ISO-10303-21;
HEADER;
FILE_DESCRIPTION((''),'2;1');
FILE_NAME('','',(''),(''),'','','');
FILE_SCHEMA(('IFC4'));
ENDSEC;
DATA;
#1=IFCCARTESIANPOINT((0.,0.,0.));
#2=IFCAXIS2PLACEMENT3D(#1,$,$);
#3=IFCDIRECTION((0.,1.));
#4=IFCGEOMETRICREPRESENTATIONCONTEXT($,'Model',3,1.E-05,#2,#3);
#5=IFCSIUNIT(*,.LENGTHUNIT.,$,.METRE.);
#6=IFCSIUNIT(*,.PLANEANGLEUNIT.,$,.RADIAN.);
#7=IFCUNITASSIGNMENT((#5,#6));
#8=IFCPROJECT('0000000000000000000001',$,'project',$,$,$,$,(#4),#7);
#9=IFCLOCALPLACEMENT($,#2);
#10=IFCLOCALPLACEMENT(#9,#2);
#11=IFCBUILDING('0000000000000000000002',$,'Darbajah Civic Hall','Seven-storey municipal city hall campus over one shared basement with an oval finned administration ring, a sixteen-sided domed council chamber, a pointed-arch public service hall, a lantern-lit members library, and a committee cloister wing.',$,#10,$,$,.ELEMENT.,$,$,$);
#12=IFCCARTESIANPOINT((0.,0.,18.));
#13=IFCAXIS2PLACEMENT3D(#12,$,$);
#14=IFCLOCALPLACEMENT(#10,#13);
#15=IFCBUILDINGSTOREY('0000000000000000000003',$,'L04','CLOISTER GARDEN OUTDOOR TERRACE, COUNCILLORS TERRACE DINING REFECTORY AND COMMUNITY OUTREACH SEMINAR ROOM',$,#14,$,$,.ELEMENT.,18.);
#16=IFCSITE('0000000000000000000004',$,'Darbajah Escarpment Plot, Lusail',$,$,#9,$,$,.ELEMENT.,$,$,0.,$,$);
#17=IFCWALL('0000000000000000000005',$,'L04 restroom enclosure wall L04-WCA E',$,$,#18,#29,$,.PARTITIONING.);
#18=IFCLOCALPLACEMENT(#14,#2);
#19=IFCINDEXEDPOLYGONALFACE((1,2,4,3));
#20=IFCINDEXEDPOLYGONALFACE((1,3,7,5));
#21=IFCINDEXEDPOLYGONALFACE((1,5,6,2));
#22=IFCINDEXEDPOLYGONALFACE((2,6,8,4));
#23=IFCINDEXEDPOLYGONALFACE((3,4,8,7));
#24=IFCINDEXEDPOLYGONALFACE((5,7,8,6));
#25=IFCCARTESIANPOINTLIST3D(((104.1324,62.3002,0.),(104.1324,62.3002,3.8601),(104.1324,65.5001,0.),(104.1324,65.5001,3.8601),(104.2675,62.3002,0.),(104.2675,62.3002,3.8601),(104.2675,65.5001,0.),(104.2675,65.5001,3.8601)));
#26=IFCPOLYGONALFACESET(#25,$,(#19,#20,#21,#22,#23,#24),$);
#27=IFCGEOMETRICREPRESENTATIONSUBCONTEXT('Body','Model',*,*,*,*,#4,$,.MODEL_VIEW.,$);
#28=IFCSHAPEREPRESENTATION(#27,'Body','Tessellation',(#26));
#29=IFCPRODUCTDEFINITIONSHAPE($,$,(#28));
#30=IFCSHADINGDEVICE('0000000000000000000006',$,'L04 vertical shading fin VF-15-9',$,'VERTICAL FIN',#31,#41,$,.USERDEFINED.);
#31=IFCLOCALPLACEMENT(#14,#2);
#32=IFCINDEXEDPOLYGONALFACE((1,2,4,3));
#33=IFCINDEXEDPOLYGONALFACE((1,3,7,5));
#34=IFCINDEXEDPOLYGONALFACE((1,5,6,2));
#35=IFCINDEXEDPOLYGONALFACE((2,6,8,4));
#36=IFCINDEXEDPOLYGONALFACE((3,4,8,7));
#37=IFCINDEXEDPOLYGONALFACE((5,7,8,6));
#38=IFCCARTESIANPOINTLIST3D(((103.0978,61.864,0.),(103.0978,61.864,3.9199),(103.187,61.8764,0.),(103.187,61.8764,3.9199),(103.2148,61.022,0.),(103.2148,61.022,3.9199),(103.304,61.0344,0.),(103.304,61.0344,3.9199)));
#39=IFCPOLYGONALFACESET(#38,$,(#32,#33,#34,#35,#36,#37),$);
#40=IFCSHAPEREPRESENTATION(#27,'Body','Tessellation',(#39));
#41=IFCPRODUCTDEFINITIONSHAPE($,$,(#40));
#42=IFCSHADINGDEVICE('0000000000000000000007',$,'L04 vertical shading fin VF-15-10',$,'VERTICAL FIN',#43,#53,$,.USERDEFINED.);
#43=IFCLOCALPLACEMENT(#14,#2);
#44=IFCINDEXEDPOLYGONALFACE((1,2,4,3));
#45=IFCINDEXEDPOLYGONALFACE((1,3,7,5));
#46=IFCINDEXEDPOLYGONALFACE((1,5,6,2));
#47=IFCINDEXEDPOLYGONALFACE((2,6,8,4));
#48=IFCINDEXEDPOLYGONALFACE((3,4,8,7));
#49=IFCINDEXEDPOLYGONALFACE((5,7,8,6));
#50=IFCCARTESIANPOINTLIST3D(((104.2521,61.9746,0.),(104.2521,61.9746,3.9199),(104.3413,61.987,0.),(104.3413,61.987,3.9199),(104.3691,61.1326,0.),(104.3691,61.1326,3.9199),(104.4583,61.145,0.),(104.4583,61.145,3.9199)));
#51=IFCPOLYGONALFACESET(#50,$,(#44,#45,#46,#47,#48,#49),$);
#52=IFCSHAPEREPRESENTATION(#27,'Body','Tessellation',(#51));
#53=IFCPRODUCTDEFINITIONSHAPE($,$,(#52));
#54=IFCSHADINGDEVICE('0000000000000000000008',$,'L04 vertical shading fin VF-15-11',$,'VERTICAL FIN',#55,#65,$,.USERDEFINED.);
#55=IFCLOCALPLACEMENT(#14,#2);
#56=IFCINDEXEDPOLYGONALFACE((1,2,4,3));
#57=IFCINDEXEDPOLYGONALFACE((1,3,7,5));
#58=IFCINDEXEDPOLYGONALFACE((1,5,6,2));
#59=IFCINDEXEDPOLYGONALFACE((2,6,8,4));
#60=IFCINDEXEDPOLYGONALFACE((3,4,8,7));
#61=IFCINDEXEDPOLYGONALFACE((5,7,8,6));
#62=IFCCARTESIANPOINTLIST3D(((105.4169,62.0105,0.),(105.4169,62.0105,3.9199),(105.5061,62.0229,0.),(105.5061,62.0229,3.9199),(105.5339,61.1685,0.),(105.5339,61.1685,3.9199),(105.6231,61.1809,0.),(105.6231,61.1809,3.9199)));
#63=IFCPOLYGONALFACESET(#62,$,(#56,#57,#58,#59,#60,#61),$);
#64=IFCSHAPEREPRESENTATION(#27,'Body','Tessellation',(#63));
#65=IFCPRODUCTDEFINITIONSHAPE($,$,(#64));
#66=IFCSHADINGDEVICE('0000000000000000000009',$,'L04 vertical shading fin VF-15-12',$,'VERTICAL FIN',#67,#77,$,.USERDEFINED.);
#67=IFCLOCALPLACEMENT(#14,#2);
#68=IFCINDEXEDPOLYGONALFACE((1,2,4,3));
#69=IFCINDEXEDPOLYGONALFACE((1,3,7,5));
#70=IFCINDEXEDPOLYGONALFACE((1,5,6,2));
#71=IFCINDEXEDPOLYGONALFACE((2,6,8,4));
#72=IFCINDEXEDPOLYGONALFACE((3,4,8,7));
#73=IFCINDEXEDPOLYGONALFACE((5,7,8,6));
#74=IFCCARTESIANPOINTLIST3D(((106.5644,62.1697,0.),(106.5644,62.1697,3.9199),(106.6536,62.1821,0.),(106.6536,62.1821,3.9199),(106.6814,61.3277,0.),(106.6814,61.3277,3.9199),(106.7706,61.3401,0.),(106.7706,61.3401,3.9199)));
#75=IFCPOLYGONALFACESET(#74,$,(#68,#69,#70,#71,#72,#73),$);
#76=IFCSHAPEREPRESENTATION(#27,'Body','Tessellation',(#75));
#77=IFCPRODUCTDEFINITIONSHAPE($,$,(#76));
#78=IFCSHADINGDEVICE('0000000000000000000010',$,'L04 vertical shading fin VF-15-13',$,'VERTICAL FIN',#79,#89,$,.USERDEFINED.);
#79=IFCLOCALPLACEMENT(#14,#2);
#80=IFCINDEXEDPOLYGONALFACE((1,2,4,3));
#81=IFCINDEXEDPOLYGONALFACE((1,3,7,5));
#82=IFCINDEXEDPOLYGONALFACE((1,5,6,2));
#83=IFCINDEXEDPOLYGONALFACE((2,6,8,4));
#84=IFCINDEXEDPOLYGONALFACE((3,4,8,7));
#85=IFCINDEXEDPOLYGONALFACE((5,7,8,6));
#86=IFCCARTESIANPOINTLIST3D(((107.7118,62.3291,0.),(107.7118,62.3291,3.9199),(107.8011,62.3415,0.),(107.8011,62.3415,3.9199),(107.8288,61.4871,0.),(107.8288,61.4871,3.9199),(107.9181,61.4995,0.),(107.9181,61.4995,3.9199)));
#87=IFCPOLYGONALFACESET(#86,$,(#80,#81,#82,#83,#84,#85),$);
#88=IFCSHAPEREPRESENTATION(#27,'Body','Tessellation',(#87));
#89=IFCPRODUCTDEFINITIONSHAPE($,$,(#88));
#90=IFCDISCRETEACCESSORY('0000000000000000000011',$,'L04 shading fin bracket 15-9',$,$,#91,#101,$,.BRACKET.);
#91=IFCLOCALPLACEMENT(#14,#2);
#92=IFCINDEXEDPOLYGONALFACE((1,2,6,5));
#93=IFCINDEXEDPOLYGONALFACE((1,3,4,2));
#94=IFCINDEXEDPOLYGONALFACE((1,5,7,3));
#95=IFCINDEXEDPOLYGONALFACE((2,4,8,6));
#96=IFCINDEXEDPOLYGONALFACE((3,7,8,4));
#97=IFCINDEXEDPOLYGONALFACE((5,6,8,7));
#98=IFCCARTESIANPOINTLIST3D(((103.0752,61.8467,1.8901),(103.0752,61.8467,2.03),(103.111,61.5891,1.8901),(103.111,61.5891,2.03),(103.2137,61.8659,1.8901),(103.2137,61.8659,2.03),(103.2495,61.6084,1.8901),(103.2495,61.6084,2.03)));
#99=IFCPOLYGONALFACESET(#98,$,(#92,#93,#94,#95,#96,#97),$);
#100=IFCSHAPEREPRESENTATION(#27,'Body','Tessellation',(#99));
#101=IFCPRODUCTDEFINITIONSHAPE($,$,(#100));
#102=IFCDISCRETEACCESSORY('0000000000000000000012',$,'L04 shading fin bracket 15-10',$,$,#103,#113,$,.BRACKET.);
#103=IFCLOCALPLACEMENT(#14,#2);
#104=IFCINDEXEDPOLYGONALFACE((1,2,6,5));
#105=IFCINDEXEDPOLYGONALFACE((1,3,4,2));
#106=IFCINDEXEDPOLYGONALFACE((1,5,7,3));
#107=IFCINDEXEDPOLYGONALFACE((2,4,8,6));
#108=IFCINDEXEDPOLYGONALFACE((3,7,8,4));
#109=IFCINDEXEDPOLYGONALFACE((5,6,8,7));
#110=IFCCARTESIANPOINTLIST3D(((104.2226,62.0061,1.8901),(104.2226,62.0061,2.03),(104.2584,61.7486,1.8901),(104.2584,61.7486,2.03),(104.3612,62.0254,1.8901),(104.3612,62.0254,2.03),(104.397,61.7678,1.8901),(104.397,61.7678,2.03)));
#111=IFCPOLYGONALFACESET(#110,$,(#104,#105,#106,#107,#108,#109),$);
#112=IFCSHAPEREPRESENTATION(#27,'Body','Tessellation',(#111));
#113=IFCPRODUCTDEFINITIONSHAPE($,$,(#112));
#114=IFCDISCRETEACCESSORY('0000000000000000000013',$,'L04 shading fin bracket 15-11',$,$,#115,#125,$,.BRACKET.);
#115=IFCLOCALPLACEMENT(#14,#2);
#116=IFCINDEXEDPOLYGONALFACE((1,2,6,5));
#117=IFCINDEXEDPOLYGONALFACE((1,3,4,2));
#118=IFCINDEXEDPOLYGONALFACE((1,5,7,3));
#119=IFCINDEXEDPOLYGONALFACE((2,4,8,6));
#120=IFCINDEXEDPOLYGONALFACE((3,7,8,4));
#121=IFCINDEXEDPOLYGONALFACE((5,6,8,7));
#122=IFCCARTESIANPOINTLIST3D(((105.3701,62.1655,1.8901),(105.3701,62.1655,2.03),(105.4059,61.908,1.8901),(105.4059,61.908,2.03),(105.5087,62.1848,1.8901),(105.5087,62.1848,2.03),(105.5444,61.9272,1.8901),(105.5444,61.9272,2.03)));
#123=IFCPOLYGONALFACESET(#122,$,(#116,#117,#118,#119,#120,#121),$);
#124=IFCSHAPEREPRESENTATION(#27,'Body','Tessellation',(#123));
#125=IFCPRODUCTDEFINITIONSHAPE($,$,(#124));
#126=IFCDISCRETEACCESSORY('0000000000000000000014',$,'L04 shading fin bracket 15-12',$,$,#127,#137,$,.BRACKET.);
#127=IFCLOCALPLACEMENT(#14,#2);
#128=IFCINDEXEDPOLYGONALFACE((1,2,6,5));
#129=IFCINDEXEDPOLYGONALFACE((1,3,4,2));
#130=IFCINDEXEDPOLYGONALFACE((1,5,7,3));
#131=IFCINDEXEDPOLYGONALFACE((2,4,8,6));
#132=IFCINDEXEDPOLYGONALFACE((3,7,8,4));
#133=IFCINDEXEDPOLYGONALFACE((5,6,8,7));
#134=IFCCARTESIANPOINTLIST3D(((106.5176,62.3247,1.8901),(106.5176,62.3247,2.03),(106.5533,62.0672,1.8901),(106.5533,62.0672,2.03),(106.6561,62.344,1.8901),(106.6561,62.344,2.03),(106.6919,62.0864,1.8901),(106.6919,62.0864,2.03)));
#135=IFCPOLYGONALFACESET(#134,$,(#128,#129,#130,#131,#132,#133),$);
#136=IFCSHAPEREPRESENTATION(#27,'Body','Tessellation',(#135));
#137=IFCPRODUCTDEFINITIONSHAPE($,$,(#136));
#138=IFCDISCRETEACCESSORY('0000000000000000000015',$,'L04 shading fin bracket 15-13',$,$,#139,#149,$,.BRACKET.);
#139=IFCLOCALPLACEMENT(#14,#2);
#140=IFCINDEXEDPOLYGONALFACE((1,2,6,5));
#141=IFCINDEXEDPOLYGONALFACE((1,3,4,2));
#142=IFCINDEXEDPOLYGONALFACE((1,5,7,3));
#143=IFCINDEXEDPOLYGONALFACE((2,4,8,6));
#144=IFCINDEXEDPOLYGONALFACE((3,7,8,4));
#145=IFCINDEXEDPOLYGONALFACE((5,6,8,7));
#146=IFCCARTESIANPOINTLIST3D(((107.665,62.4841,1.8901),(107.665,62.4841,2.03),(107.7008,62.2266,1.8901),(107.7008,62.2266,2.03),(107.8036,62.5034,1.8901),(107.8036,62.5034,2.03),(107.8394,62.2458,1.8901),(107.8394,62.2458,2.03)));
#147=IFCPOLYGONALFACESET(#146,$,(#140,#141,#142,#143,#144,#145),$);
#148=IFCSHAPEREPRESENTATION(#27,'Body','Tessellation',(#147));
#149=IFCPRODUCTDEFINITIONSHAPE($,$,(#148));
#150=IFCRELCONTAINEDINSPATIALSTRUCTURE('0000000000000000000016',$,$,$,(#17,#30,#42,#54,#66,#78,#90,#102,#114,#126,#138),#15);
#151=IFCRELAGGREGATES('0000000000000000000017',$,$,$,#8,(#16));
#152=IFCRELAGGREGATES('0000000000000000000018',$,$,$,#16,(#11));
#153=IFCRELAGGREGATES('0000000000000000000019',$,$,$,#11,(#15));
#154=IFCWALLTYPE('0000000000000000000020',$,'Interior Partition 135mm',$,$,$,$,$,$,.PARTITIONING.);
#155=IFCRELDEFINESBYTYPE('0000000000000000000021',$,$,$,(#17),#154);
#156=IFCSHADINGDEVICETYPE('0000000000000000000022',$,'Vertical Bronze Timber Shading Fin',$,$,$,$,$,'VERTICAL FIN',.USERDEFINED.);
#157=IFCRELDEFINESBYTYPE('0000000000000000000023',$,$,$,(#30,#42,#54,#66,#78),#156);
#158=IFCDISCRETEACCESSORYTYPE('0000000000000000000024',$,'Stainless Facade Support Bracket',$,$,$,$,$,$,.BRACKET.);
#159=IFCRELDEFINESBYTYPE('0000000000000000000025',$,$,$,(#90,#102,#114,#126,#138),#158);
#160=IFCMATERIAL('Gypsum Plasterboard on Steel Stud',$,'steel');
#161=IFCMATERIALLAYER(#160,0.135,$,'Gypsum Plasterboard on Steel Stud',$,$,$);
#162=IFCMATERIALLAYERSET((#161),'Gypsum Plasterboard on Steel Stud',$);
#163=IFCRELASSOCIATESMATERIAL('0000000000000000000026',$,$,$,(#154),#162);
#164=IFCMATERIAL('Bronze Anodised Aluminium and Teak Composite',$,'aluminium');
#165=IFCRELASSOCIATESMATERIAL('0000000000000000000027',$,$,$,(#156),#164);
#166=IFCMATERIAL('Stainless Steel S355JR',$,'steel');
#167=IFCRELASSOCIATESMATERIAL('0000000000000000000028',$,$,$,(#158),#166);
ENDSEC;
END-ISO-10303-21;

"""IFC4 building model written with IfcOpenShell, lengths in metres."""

from ifc_helpers import new_model, si_unit, direction, frame, frame_2d, origin, origin_2d, place, context, subcontext, project, spatial, rectangle, extrude, material, layer, layer_set, type_object, element, save


model = new_model("IFC4")

# Units and contexts
model_context = context("Model", 3, precision=1e-05, world=origin(), true_north=direction((0.0, 1.0)))
body_context = subcontext(model_context, "Body", "Model", "MODEL_VIEW")
ifc_project = project(units=[si_unit("LENGTHUNIT", "METRE"), si_unit("PLANEANGLEUNIT", "RADIAN")], contexts=[model_context])

# Site, building, storey
site_placement = place(None, origin())
site = spatial("IfcSite", under=ifc_project, at=site_placement, Name="Darbajah Escarpment Plot, Lusail", CompositionType="ELEMENT", RefElevation=0.0)
building_placement = place(site_placement, origin())
building = spatial("IfcBuilding", under=site, at=building_placement, Name="Darbajah Civic Hall", Description="Seven-storey municipal city hall campus over one shared basement with an oval finned administration ring, a sixteen-sided domed council chamber, a pointed-arch public service hall, a lantern-lit members library, and a committee cloister wing.", CompositionType="ELEMENT")
storey_placement = place(building_placement, frame((0.0, 0.0, 18.0)))
storey = spatial("IfcBuildingStorey", under=building, at=storey_placement, Name="L04", Description="CLOISTER GARDEN OUTDOOR TERRACE, COUNCILLORS TERRACE DINING REFECTORY AND COMMUNITY OUTREACH SEMINAR ROOM", CompositionType="ELEMENT", Elevation=18.0)

# Wall
ifc_material_1 = material(Name="Gypsum Plasterboard on Steel Stud", Category="steel")
ifc_layer_1 = layer(ifc_material_1, 0.135, Name="Gypsum Plasterboard on Steel Stud")
ifc_layer_set_1 = layer_set([ifc_layer_1], Name="Gypsum Plasterboard on Steel Stud")
wall_type = type_object("IfcWallType", Name="Interior Partition 135mm", PredefinedType="PARTITIONING", material=ifc_layer_set_1)
wall_placement = place(storey_placement, frame((104.2, 62.3, 0.0), z_axis=(0.0, 0.0, 1.0), x_axis=(0.0, 1.0, 0.0)))
element("IfcWall", 1, at=wall_placement, inside=storey, type_object=wall_type, Name="L04 restroom enclosure wall L04-WCA E", PredefinedType="PARTITIONING", context=body_context, shape_type="SweptSolid", body=[
    extrude(rectangle(XDim=3.2, YDim=0.135, at=frame_2d((1.6001, 0.0))), origin(), (0.0, 0.0, 1.0), 3.8601),
])

# Shading devices
ifc_material_2 = material(Name="Bronze Anodised Aluminium and Teak Composite", Category="aluminium")
shading_device_type = type_object("IfcShadingDeviceType", Name="Vertical Bronze Timber Shading Fin", ElementType="VERTICAL FIN", PredefinedType="USERDEFINED", material=ifc_material_2)
for number, where, z_axis, x_axis, name in (
    (2, (103.2009, 61.4492, 0.0), (0.0, 0.0, 1.0), (0.137617, -0.990485, 0.0), "L04 vertical shading fin VF-15-9"),
    (3, (104.3552, 61.5598, 0.0), (0.0, 0.0, 1.0), (0.137617, -0.990485, 0.0), "L04 vertical shading fin VF-15-10"),
    (4, (105.52, 61.5957, 0.0), (0.0, 0.0, 1.0), (0.137617, -0.990485, 0.0), "L04 vertical shading fin VF-15-11"),
    (5, (106.6675, 61.7549, 0.0), (0.0, 0.0, 1.0), (0.137617, -0.990485, 0.0), "L04 vertical shading fin VF-15-12"),
    (6, (107.8149, 61.9143, 0.0), (0.0, 0.0, 1.0), (0.137617, -0.990485, 0.0), "L04 vertical shading fin VF-15-13"),
):
    element("IfcShadingDevice", number, at=place(storey_placement, frame(where, z_axis=z_axis, x_axis=x_axis)), inside=storey, type_object=shading_device_type, Name=name, ObjectType="VERTICAL FIN", PredefinedType="USERDEFINED", context=body_context, shape_type="SweptSolid", body=[
        extrude(rectangle(XDim=0.8501, YDim=0.0901, at=origin_2d()), origin(), (0.0, 0.0, 1.0), 3.9199),
    ])

# Discrete accessories
ifc_material_3 = material(Name="Stainless Steel S355JR", Category="steel")
discrete_accessory_type = type_object("IfcDiscreteAccessoryType", Name="Stainless Facade Support Bracket", PredefinedType="BRACKET", material=ifc_material_3)
for number, where, z_axis, x_axis, name in (
    (7, (103.1624, 61.7275, 1.8901), (0.0, 0.0, 1.0), (0.137617, -0.990485, 0.0), "L04 shading fin bracket 15-9"),
    (8, (104.3098, 61.887, 1.8901), (0.0, 0.0, 1.0), (0.137617, -0.990485, 0.0), "L04 shading fin bracket 15-10"),
    (9, (105.4573, 62.0464, 1.8901), (0.0, 0.0, 1.0), (0.137617, -0.990485, 0.0), "L04 shading fin bracket 15-11"),
    (10, (106.6047, 62.2056, 1.8901), (0.0, 0.0, 1.0), (0.137617, -0.990485, 0.0), "L04 shading fin bracket 15-12"),
    (11, (107.7522, 62.365, 1.8901), (0.0, 0.0, 1.0), (0.137617, -0.990485, 0.0), "L04 shading fin bracket 15-13"),
):
    element("IfcDiscreteAccessory", number, at=place(storey_placement, frame(where, z_axis=z_axis, x_axis=x_axis)), inside=storey, type_object=discrete_accessory_type, Name=name, PredefinedType="BRACKET", context=body_context, shape_type="SweptSolid", body=[
        extrude(rectangle(XDim=0.26, YDim=0.1399, at=origin_2d()), origin(), (0.0, 0.0, 1.0), 0.1399),
    ])

save(model, "model.ifc")
